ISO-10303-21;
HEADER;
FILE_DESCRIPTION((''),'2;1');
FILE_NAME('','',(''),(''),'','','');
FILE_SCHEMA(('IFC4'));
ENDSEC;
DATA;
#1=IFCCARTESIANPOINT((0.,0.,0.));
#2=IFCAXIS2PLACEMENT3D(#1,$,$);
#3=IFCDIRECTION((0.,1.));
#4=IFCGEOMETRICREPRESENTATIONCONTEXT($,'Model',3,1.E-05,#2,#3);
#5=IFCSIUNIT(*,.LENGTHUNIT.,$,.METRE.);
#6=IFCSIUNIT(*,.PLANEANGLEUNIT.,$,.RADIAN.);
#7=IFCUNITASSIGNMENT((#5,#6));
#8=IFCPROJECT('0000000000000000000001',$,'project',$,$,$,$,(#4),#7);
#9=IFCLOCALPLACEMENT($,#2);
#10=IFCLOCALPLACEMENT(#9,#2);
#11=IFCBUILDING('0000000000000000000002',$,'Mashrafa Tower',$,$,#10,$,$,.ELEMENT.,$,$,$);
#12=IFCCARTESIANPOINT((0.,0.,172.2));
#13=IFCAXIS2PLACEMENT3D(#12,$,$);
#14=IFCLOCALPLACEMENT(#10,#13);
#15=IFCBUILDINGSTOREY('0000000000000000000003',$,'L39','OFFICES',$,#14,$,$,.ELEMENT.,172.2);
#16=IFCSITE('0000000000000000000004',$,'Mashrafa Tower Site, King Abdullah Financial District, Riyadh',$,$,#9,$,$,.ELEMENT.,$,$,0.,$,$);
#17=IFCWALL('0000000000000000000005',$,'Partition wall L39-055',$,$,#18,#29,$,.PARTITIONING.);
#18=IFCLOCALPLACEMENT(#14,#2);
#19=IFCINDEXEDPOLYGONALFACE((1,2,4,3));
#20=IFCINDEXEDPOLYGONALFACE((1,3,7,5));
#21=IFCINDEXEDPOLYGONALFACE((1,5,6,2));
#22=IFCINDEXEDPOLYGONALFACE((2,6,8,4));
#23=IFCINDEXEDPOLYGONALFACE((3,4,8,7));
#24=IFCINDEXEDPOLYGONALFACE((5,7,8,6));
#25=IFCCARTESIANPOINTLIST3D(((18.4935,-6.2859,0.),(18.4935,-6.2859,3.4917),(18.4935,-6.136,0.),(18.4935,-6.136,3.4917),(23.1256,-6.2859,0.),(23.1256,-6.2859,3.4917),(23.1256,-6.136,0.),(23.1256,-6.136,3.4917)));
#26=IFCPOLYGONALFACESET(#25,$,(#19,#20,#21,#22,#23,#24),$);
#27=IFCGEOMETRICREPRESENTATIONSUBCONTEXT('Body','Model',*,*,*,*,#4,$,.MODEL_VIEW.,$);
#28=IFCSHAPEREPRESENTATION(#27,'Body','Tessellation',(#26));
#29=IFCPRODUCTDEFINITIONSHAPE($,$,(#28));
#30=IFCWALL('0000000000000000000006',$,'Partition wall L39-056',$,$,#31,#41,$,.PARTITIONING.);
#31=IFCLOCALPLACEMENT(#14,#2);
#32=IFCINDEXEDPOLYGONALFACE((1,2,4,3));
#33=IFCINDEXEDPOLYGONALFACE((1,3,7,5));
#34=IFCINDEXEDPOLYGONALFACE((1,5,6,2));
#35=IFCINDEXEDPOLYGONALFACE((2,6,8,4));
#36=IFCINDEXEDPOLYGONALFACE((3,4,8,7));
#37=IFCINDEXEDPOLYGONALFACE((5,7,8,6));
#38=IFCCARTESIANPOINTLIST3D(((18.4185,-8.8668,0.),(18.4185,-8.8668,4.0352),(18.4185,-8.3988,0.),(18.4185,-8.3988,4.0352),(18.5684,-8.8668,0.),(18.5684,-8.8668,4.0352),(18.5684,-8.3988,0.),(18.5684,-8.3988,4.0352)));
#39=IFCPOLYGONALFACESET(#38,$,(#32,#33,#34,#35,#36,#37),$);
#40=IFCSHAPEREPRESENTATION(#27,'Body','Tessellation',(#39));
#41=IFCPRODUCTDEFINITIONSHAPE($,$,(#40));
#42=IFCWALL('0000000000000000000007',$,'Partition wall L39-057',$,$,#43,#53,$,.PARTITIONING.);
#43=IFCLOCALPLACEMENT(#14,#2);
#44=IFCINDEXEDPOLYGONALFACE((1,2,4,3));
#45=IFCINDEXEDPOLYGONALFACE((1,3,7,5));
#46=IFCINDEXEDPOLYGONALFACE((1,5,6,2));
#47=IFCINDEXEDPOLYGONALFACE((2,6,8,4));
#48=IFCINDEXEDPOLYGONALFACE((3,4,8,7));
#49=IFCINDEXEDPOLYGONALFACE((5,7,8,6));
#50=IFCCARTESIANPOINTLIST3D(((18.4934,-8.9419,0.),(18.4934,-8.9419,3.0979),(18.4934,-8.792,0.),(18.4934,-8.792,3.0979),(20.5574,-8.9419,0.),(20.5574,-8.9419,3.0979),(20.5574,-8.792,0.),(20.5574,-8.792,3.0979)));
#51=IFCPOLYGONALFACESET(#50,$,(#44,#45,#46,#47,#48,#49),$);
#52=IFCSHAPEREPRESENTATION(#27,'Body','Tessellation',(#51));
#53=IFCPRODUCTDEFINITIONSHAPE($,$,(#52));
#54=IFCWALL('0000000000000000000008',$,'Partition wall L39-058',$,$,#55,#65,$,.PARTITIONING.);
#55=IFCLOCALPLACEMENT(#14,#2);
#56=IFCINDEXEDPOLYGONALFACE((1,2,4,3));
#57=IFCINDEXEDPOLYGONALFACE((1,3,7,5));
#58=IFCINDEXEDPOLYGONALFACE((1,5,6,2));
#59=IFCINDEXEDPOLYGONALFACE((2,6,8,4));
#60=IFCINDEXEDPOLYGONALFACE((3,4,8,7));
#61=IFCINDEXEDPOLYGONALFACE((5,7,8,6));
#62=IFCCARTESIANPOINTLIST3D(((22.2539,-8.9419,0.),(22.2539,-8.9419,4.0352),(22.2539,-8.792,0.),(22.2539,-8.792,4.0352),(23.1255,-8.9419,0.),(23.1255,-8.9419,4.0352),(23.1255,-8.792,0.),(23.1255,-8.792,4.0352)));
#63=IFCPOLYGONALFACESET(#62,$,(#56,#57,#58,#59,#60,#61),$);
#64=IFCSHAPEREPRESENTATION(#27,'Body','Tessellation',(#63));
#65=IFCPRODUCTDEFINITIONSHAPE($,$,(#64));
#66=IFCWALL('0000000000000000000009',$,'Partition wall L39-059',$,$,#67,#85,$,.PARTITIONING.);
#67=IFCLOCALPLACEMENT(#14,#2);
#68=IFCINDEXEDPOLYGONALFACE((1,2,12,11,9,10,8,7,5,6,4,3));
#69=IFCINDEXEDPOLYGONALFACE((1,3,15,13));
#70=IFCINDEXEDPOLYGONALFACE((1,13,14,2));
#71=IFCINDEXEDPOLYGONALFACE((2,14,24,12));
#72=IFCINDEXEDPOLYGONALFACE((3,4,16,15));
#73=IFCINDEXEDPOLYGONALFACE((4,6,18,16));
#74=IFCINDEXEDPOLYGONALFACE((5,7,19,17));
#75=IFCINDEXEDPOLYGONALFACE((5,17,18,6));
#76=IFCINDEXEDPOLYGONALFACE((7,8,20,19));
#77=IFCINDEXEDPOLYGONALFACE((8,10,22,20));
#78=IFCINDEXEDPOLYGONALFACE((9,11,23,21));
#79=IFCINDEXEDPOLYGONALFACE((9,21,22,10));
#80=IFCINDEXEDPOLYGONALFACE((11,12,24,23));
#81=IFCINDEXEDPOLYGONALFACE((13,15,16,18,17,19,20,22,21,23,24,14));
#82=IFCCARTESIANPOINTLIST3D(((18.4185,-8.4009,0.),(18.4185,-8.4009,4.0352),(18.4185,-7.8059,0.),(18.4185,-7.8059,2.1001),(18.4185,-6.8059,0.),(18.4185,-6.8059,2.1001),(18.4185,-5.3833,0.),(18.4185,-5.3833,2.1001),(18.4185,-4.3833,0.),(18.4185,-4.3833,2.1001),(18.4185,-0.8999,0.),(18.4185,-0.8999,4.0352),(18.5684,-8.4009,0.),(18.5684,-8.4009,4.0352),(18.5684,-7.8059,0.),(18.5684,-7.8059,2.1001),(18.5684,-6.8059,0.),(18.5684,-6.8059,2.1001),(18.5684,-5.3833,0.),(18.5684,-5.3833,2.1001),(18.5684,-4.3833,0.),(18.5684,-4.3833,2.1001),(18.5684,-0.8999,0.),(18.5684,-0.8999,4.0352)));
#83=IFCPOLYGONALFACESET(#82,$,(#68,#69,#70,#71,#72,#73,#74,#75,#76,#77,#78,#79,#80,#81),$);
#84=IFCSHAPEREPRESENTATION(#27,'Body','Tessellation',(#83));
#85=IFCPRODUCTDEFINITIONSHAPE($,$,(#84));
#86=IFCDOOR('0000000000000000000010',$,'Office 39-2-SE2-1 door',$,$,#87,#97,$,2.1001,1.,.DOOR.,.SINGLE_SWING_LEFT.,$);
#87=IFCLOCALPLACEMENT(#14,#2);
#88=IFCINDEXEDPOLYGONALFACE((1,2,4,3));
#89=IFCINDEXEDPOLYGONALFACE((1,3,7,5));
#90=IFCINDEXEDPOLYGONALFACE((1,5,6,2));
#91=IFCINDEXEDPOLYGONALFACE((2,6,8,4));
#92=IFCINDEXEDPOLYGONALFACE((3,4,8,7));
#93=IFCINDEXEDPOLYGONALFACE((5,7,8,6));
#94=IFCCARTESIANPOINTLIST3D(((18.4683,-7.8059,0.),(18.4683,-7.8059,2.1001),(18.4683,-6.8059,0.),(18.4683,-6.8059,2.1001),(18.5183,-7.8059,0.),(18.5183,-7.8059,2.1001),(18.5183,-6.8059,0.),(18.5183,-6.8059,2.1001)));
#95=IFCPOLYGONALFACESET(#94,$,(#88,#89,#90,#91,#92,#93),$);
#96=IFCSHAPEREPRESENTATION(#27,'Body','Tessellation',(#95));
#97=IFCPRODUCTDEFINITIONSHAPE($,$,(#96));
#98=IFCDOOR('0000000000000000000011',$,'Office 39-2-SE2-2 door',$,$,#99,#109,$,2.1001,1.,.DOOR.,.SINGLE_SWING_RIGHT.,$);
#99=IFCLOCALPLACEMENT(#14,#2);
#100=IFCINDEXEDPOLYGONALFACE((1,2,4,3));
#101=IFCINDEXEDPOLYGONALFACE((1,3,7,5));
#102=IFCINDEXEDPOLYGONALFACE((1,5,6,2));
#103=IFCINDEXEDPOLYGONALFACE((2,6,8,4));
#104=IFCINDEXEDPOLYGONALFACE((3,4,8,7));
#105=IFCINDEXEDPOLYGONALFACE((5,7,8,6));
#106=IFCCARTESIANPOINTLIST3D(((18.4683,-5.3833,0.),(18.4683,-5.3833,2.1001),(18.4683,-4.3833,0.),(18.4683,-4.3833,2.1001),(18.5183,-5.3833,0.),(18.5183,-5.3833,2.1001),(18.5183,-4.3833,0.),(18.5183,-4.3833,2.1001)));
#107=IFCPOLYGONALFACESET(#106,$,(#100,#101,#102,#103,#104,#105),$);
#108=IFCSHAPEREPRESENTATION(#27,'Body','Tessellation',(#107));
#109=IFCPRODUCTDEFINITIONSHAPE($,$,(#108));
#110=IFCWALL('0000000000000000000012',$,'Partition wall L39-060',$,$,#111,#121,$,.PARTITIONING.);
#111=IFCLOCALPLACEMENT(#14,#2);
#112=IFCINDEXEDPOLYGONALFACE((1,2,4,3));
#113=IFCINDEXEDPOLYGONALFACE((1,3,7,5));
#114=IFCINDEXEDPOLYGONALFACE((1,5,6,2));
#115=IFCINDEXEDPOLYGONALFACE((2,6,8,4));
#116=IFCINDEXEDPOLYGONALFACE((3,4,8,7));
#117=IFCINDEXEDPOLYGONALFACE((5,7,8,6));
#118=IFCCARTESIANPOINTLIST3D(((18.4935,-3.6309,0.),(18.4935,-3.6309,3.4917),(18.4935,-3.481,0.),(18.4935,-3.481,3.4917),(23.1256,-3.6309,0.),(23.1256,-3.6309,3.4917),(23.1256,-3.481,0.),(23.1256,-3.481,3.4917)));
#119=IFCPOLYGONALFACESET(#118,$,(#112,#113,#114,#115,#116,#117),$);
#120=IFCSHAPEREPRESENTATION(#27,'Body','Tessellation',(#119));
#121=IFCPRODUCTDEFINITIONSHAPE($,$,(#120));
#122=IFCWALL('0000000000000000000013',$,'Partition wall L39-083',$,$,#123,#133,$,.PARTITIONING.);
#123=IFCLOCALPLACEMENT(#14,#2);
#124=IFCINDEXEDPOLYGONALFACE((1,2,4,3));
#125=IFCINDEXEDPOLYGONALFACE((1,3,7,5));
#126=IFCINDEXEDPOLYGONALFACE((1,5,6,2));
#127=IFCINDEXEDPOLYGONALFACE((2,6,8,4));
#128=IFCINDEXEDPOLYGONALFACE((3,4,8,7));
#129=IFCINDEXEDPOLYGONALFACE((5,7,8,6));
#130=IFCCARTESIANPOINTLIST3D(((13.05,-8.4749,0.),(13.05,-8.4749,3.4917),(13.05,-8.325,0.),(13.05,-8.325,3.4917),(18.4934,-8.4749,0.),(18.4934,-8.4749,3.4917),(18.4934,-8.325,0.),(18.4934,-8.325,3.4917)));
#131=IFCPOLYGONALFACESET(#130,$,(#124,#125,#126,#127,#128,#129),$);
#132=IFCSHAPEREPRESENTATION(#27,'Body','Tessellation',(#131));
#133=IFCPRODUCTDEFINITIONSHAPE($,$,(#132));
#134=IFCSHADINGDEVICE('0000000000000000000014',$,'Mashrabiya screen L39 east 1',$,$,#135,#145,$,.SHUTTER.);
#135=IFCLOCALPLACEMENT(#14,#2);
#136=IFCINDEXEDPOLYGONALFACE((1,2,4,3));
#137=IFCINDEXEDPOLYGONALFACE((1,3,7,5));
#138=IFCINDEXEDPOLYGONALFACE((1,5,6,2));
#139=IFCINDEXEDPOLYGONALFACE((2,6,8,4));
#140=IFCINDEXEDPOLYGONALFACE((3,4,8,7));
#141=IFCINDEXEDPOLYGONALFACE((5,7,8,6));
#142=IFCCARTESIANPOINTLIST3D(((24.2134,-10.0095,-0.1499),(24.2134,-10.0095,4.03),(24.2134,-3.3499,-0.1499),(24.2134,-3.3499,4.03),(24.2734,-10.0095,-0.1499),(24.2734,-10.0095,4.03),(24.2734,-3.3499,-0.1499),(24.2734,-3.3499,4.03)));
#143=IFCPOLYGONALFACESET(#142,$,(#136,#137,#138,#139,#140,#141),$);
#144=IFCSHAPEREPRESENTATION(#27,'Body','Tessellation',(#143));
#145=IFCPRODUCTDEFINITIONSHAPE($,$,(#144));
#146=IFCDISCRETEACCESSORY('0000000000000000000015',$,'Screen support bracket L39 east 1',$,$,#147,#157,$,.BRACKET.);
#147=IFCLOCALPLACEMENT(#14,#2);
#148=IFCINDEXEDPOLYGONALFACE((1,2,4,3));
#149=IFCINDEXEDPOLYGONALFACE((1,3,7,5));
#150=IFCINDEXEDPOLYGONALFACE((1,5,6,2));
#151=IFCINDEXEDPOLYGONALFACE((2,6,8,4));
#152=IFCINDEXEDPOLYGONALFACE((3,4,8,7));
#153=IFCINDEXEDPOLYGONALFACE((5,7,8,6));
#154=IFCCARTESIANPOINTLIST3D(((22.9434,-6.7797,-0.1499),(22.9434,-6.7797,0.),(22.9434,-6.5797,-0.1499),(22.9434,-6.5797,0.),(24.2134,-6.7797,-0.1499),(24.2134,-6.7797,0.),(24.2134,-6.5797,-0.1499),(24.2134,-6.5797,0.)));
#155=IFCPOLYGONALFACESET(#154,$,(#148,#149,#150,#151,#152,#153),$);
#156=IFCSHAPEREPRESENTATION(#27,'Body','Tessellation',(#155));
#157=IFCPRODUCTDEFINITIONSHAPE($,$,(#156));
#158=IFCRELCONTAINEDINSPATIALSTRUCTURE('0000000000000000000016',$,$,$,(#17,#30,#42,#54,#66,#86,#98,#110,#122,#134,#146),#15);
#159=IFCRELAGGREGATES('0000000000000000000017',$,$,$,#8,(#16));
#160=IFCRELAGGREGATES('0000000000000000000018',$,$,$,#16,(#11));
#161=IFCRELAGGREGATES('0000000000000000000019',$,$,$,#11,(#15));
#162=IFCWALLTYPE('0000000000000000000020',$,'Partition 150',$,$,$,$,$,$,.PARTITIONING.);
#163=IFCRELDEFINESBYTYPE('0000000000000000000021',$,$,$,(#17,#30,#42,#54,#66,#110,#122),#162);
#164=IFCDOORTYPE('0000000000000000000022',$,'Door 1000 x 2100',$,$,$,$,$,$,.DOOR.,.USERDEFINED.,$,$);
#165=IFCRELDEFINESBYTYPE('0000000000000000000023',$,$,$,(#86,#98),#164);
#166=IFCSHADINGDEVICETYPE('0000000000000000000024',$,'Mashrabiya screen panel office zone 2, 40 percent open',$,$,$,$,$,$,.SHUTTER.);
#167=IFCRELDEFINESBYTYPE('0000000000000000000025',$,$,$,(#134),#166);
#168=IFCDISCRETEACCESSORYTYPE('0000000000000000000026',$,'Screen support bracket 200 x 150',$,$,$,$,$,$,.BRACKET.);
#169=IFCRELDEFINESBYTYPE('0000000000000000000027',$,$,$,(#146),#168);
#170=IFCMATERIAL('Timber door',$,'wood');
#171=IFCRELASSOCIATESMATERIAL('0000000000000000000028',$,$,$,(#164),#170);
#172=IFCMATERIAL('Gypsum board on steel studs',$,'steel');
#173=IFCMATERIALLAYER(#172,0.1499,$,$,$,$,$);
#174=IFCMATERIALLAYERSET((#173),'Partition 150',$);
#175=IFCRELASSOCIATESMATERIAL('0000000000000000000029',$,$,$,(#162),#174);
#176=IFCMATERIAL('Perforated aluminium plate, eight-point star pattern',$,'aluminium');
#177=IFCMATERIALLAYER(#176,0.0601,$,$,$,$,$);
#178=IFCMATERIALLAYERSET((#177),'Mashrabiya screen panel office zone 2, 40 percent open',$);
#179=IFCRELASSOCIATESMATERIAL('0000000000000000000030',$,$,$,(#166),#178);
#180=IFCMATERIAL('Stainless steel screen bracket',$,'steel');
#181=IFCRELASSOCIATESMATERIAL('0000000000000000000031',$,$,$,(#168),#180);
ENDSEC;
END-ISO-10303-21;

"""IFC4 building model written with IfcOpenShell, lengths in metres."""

from ifc_helpers import new_model, si_unit, direction, frame, frame_2d, origin, origin_2d, place, context, subcontext, project, spatial, rectangle, extrude, source, transform, mapped, material, layer, layer_set, type_object, type_shapes, element, fill, save


model = new_model("IFC4")

# Units and contexts
model_context = context("Model", 3, precision=1e-05, world=origin(), true_north=direction((0.0, 1.0)))
body_context = subcontext(model_context, "Body", "Model", "MODEL_VIEW")
ifc_project = project(units=[si_unit("LENGTHUNIT", "METRE"), si_unit("PLANEANGLEUNIT", "RADIAN")], contexts=[model_context])

# Site, building, storey
site_placement = place(None, origin())
site = spatial("IfcSite", under=ifc_project, at=site_placement, Name="Mashrafa Tower Site, King Abdullah Financial District, Riyadh", CompositionType="ELEMENT", RefElevation=0.0)
building_placement = place(site_placement, origin())
building = spatial("IfcBuilding", under=site, at=building_placement, Name="Mashrafa Tower", CompositionType="ELEMENT")
storey_placement = place(building_placement, frame((0.0, 0.0, 172.2)))
storey = spatial("IfcBuildingStorey", under=building, at=storey_placement, Name="L39", Description="OFFICES", CompositionType="ELEMENT", Elevation=172.2)

# Shared definitions
ifc_material_1 = material(Name="Timber door", Category="wood")
door_type_1 = type_object("IfcDoorType", Name="Door 1000 x 2100", OperationType="USERDEFINED", PredefinedType="DOOR", material=ifc_material_1)

# Walls
ifc_material_2 = material(Name="Gypsum board on steel studs", Category="steel")
ifc_layer_1 = layer(ifc_material_2, 0.1499)
ifc_layer_set_1 = layer_set([ifc_layer_1], Name="Partition 150")
wall_type_1 = type_object("IfcWallType", Name="Partition 150", PredefinedType="PARTITIONING", material=ifc_layer_set_1)
wall_1_placement = place(storey_placement, frame((23.1255, -6.2109, 0.0), z_axis=(0.0, 0.0, 1.0), x_axis=(-1.0, 0.0, 0.0)))
element("IfcWall", 1, at=wall_1_placement, inside=storey, type_object=wall_type_1, Name="Partition wall L39-055", PredefinedType="PARTITIONING", context=body_context, shape_type="SweptSolid", body=[
    extrude(rectangle(XDim=4.6321, YDim=0.1499, at=frame_2d((2.3159, 0.0))), origin(), (0.0, 0.0, 1.0), 3.4917),
])
wall_2_placement = place(storey_placement, frame((18.4934, -8.3989, 0.0), z_axis=(0.0, 0.0, 1.0), x_axis=(0.0, -1.0, 0.0)))
element("IfcWall", 2, at=wall_2_placement, inside=storey, type_object=wall_type_1, Name="Partition wall L39-056", PredefinedType="PARTITIONING", context=body_context, shape_type="SweptSolid", body=[
    extrude(rectangle(XDim=0.468, YDim=0.1499, at=frame_2d((0.2339, 0.0))), origin(), (0.0, 0.0, 1.0), 4.0352),
])
wall_3_placement = place(storey_placement, frame((18.4934, -8.8669, 0.0), z_axis=(0.0, 0.0, 1.0), x_axis=(1.0, 0.0, 0.0)))
element("IfcWall", 3, at=wall_3_placement, inside=storey, type_object=wall_type_1, Name="Partition wall L39-057", PredefinedType="PARTITIONING", context=body_context, shape_type="SweptSolid", body=[
    extrude(rectangle(XDim=2.064, YDim=0.1499, at=frame_2d((1.032, 0.0))), origin(), (0.0, 0.0, 1.0), 3.0979),
])
wall_4_placement = place(storey_placement, frame((22.2539, -8.8669, 0.0), z_axis=(0.0, 0.0, 1.0), x_axis=(1.0, 0.0, 0.0)))
element("IfcWall", 4, at=wall_4_placement, inside=storey, type_object=wall_type_1, Name="Partition wall L39-058", PredefinedType="PARTITIONING", context=body_context, shape_type="SweptSolid", body=[
    extrude(rectangle(XDim=0.8716, YDim=0.1499, at=frame_2d((0.4358, 0.0))), origin(), (0.0, 0.0, 1.0), 4.0352),
])

# Wall, openings, doors
wall_5_placement = place(storey_placement, frame((18.4934, -8.4009, 0.0), z_axis=(0.0, 0.0, 1.0), x_axis=(0.0, 1.0, 0.0)))
wall_5 = element("IfcWall", 5, at=wall_5_placement, inside=storey, type_object=wall_type_1, Name="Partition wall L39-059", PredefinedType="PARTITIONING", context=body_context, shape_type="SweptSolid", body=[
    extrude(rectangle(XDim=7.501, YDim=0.1499, at=frame_2d((3.7505, 0.0))), origin(), (0.0, 0.0, 1.0), 4.0352),
])
opening_1_placement = place(wall_5_placement, frame((0.595, 0.0, 0.0)))
opening_1 = element("IfcOpeningElement", 6, at=opening_1_placement, cuts=wall_5, PredefinedType="OPENING", context=body_context, shape_type="SweptSolid", body=[
    extrude(rectangle(XDim=1.0, YDim=2.1001, at=frame_2d((0.5, 1.05))), frame((0.0, 0.085, 0.0), z_axis=(0.0, -1.0, 0.0), x_axis=(1.0, 0.0, 0.0)), (0.0, 0.0, 1.0), 0.1699),
])
opening_2_placement = place(wall_5_placement, frame((3.0176, 0.0, 0.0)))
opening_2 = element("IfcOpeningElement", 7, at=opening_2_placement, cuts=wall_5, PredefinedType="OPENING", context=body_context, shape_type="SweptSolid", body=[
    extrude(rectangle(XDim=1.0, YDim=2.1001, at=frame_2d((0.5, 1.05))), frame((0.0, 0.085, 0.0), z_axis=(0.0, -1.0, 0.0), x_axis=(1.0, 0.0, 0.0)), (0.0, 0.0, 1.0), 0.1699),
])
door_1_placement = place(opening_1_placement, frame((1.0, 0.0, 0.0), z_axis=(0.0, 0.0, 1.0), x_axis=(-1.0, 0.0, 0.0)))
door_1 = element("IfcDoor", 8, at=door_1_placement, inside=storey, type_object=door_type_1, Name="Office 39-2-SE2-1 door", OperationType="SINGLE_SWING_LEFT", OverallHeight=2.1001, OverallWidth=1.0, PredefinedType="DOOR", context=body_context, shape_type="SweptSolid", body=[
    extrude(rectangle(XDim=1.0, YDim=2.1001, at=frame_2d((0.5, 1.05))), frame((0.0, 0.0249, 0.0), z_axis=(0.0, -1.0, 0.0), x_axis=(1.0, 0.0, 0.0)), (0.0, 0.0, 1.0), 0.05),
])
fill(opening_1, door_1)
door_2_placement = place(opening_2_placement, frame((1.0, 0.0, 0.0), z_axis=(0.0, 0.0, 1.0), x_axis=(-1.0, 0.0, 0.0)))
door_2 = element("IfcDoor", 9, at=door_2_placement, inside=storey, type_object=door_type_1, Name="Office 39-2-SE2-2 door", OperationType="SINGLE_SWING_RIGHT", OverallHeight=2.1001, OverallWidth=1.0, PredefinedType="DOOR", context=body_context, shape_type="SweptSolid", body=[
    extrude(rectangle(XDim=1.0, YDim=2.1001, at=frame_2d((0.5, 1.05))), frame((0.0, 0.0249, 0.0), z_axis=(0.0, -1.0, 0.0), x_axis=(1.0, 0.0, 0.0)), (0.0, 0.0, 1.0), 0.05),
])
fill(opening_2, door_2)

# Walls
wall_6_placement = place(storey_placement, frame((23.1255, -3.5559, 0.0), z_axis=(0.0, 0.0, 1.0), x_axis=(-1.0, 0.0, 0.0)))
element("IfcWall", 10, at=wall_6_placement, inside=storey, type_object=wall_type_1, Name="Partition wall L39-060", PredefinedType="PARTITIONING", context=body_context, shape_type="SweptSolid", body=[
    extrude(rectangle(XDim=4.6321, YDim=0.1499, at=frame_2d((2.3159, 0.0))), origin(), (0.0, 0.0, 1.0), 3.4917),
])
wall_7_placement = place(storey_placement, frame((18.4934, -8.3999, 0.0), z_axis=(0.0, 0.0, 1.0), x_axis=(-1.0, 0.0, 0.0)))
element("IfcWall", 11, at=wall_7_placement, inside=storey, type_object=wall_type_1, Name="Partition wall L39-083", PredefinedType="PARTITIONING", context=body_context, shape_type="SweptSolid", body=[
    extrude(rectangle(XDim=5.4434, YDim=0.1499, at=frame_2d((2.7217, 0.0))), origin(), (0.0, 0.0, 1.0), 3.4917),
])

# Shading device
ifc_material_3 = material(Name="Perforated aluminium plate, eight-point star pattern", Category="aluminium")
ifc_layer_2 = layer(ifc_material_3, 0.0601)
ifc_layer_set_2 = layer_set([ifc_layer_2], Name="Mashrabiya screen panel office zone 2, 40 percent open")
shading_device_type = type_object("IfcShadingDeviceType", Name="Mashrabiya screen panel office zone 2, 40 percent open", PredefinedType="SHUTTER", material=ifc_layer_set_2)
shared_shape_1 = source(origin(), body_context, "Body", "SweptSolid", [
    extrude(rectangle(XDim=6.6597, YDim=0.0601, at=origin_2d()), origin(), (0.0, 0.0, 1.0), 4.1799),
])
type_shapes(shading_device_type, [shared_shape_1])
shading_device_placement = place(storey_placement, frame((24.2434, -6.6797, -0.1499), z_axis=(0.0, 0.0, 1.0), x_axis=(0.0, 1.0, 0.0)))
element("IfcShadingDevice", 12, at=shading_device_placement, inside=storey, type_object=shading_device_type, Name="Mashrabiya screen L39 east 1", PredefinedType="SHUTTER", context=body_context, shape_type="MappedRepresentation", body=[
    mapped(shared_shape_1, transform((0.0, 0.0, 0.0))),
])

# Discrete accessory
ifc_material_4 = material(Name="Stainless steel screen bracket", Category="steel")
discrete_accessory_type = type_object("IfcDiscreteAccessoryType", Name="Screen support bracket 200 x 150", PredefinedType="BRACKET", material=ifc_material_4)
shared_shape_2 = source(origin(), body_context, "Body", "SweptSolid", [
    extrude(rectangle(XDim=0.2, YDim=1.27, at=origin_2d()), origin(), (0.0, 0.0, 1.0), 0.1499),
])
type_shapes(discrete_accessory_type, [shared_shape_2])
discrete_accessory_placement = place(storey_placement, frame((23.5784, -6.6797, -0.1499), z_axis=(0.0, 0.0, 1.0), x_axis=(0.0, 1.0, 0.0)))
element("IfcDiscreteAccessory", 13, at=discrete_accessory_placement, inside=storey, type_object=discrete_accessory_type, Name="Screen support bracket L39 east 1", PredefinedType="BRACKET", context=body_context, shape_type="MappedRepresentation", body=[
    mapped(shared_shape_2, transform((0.0, 0.0, 0.0))),
])

save(model, "model.ifc")
